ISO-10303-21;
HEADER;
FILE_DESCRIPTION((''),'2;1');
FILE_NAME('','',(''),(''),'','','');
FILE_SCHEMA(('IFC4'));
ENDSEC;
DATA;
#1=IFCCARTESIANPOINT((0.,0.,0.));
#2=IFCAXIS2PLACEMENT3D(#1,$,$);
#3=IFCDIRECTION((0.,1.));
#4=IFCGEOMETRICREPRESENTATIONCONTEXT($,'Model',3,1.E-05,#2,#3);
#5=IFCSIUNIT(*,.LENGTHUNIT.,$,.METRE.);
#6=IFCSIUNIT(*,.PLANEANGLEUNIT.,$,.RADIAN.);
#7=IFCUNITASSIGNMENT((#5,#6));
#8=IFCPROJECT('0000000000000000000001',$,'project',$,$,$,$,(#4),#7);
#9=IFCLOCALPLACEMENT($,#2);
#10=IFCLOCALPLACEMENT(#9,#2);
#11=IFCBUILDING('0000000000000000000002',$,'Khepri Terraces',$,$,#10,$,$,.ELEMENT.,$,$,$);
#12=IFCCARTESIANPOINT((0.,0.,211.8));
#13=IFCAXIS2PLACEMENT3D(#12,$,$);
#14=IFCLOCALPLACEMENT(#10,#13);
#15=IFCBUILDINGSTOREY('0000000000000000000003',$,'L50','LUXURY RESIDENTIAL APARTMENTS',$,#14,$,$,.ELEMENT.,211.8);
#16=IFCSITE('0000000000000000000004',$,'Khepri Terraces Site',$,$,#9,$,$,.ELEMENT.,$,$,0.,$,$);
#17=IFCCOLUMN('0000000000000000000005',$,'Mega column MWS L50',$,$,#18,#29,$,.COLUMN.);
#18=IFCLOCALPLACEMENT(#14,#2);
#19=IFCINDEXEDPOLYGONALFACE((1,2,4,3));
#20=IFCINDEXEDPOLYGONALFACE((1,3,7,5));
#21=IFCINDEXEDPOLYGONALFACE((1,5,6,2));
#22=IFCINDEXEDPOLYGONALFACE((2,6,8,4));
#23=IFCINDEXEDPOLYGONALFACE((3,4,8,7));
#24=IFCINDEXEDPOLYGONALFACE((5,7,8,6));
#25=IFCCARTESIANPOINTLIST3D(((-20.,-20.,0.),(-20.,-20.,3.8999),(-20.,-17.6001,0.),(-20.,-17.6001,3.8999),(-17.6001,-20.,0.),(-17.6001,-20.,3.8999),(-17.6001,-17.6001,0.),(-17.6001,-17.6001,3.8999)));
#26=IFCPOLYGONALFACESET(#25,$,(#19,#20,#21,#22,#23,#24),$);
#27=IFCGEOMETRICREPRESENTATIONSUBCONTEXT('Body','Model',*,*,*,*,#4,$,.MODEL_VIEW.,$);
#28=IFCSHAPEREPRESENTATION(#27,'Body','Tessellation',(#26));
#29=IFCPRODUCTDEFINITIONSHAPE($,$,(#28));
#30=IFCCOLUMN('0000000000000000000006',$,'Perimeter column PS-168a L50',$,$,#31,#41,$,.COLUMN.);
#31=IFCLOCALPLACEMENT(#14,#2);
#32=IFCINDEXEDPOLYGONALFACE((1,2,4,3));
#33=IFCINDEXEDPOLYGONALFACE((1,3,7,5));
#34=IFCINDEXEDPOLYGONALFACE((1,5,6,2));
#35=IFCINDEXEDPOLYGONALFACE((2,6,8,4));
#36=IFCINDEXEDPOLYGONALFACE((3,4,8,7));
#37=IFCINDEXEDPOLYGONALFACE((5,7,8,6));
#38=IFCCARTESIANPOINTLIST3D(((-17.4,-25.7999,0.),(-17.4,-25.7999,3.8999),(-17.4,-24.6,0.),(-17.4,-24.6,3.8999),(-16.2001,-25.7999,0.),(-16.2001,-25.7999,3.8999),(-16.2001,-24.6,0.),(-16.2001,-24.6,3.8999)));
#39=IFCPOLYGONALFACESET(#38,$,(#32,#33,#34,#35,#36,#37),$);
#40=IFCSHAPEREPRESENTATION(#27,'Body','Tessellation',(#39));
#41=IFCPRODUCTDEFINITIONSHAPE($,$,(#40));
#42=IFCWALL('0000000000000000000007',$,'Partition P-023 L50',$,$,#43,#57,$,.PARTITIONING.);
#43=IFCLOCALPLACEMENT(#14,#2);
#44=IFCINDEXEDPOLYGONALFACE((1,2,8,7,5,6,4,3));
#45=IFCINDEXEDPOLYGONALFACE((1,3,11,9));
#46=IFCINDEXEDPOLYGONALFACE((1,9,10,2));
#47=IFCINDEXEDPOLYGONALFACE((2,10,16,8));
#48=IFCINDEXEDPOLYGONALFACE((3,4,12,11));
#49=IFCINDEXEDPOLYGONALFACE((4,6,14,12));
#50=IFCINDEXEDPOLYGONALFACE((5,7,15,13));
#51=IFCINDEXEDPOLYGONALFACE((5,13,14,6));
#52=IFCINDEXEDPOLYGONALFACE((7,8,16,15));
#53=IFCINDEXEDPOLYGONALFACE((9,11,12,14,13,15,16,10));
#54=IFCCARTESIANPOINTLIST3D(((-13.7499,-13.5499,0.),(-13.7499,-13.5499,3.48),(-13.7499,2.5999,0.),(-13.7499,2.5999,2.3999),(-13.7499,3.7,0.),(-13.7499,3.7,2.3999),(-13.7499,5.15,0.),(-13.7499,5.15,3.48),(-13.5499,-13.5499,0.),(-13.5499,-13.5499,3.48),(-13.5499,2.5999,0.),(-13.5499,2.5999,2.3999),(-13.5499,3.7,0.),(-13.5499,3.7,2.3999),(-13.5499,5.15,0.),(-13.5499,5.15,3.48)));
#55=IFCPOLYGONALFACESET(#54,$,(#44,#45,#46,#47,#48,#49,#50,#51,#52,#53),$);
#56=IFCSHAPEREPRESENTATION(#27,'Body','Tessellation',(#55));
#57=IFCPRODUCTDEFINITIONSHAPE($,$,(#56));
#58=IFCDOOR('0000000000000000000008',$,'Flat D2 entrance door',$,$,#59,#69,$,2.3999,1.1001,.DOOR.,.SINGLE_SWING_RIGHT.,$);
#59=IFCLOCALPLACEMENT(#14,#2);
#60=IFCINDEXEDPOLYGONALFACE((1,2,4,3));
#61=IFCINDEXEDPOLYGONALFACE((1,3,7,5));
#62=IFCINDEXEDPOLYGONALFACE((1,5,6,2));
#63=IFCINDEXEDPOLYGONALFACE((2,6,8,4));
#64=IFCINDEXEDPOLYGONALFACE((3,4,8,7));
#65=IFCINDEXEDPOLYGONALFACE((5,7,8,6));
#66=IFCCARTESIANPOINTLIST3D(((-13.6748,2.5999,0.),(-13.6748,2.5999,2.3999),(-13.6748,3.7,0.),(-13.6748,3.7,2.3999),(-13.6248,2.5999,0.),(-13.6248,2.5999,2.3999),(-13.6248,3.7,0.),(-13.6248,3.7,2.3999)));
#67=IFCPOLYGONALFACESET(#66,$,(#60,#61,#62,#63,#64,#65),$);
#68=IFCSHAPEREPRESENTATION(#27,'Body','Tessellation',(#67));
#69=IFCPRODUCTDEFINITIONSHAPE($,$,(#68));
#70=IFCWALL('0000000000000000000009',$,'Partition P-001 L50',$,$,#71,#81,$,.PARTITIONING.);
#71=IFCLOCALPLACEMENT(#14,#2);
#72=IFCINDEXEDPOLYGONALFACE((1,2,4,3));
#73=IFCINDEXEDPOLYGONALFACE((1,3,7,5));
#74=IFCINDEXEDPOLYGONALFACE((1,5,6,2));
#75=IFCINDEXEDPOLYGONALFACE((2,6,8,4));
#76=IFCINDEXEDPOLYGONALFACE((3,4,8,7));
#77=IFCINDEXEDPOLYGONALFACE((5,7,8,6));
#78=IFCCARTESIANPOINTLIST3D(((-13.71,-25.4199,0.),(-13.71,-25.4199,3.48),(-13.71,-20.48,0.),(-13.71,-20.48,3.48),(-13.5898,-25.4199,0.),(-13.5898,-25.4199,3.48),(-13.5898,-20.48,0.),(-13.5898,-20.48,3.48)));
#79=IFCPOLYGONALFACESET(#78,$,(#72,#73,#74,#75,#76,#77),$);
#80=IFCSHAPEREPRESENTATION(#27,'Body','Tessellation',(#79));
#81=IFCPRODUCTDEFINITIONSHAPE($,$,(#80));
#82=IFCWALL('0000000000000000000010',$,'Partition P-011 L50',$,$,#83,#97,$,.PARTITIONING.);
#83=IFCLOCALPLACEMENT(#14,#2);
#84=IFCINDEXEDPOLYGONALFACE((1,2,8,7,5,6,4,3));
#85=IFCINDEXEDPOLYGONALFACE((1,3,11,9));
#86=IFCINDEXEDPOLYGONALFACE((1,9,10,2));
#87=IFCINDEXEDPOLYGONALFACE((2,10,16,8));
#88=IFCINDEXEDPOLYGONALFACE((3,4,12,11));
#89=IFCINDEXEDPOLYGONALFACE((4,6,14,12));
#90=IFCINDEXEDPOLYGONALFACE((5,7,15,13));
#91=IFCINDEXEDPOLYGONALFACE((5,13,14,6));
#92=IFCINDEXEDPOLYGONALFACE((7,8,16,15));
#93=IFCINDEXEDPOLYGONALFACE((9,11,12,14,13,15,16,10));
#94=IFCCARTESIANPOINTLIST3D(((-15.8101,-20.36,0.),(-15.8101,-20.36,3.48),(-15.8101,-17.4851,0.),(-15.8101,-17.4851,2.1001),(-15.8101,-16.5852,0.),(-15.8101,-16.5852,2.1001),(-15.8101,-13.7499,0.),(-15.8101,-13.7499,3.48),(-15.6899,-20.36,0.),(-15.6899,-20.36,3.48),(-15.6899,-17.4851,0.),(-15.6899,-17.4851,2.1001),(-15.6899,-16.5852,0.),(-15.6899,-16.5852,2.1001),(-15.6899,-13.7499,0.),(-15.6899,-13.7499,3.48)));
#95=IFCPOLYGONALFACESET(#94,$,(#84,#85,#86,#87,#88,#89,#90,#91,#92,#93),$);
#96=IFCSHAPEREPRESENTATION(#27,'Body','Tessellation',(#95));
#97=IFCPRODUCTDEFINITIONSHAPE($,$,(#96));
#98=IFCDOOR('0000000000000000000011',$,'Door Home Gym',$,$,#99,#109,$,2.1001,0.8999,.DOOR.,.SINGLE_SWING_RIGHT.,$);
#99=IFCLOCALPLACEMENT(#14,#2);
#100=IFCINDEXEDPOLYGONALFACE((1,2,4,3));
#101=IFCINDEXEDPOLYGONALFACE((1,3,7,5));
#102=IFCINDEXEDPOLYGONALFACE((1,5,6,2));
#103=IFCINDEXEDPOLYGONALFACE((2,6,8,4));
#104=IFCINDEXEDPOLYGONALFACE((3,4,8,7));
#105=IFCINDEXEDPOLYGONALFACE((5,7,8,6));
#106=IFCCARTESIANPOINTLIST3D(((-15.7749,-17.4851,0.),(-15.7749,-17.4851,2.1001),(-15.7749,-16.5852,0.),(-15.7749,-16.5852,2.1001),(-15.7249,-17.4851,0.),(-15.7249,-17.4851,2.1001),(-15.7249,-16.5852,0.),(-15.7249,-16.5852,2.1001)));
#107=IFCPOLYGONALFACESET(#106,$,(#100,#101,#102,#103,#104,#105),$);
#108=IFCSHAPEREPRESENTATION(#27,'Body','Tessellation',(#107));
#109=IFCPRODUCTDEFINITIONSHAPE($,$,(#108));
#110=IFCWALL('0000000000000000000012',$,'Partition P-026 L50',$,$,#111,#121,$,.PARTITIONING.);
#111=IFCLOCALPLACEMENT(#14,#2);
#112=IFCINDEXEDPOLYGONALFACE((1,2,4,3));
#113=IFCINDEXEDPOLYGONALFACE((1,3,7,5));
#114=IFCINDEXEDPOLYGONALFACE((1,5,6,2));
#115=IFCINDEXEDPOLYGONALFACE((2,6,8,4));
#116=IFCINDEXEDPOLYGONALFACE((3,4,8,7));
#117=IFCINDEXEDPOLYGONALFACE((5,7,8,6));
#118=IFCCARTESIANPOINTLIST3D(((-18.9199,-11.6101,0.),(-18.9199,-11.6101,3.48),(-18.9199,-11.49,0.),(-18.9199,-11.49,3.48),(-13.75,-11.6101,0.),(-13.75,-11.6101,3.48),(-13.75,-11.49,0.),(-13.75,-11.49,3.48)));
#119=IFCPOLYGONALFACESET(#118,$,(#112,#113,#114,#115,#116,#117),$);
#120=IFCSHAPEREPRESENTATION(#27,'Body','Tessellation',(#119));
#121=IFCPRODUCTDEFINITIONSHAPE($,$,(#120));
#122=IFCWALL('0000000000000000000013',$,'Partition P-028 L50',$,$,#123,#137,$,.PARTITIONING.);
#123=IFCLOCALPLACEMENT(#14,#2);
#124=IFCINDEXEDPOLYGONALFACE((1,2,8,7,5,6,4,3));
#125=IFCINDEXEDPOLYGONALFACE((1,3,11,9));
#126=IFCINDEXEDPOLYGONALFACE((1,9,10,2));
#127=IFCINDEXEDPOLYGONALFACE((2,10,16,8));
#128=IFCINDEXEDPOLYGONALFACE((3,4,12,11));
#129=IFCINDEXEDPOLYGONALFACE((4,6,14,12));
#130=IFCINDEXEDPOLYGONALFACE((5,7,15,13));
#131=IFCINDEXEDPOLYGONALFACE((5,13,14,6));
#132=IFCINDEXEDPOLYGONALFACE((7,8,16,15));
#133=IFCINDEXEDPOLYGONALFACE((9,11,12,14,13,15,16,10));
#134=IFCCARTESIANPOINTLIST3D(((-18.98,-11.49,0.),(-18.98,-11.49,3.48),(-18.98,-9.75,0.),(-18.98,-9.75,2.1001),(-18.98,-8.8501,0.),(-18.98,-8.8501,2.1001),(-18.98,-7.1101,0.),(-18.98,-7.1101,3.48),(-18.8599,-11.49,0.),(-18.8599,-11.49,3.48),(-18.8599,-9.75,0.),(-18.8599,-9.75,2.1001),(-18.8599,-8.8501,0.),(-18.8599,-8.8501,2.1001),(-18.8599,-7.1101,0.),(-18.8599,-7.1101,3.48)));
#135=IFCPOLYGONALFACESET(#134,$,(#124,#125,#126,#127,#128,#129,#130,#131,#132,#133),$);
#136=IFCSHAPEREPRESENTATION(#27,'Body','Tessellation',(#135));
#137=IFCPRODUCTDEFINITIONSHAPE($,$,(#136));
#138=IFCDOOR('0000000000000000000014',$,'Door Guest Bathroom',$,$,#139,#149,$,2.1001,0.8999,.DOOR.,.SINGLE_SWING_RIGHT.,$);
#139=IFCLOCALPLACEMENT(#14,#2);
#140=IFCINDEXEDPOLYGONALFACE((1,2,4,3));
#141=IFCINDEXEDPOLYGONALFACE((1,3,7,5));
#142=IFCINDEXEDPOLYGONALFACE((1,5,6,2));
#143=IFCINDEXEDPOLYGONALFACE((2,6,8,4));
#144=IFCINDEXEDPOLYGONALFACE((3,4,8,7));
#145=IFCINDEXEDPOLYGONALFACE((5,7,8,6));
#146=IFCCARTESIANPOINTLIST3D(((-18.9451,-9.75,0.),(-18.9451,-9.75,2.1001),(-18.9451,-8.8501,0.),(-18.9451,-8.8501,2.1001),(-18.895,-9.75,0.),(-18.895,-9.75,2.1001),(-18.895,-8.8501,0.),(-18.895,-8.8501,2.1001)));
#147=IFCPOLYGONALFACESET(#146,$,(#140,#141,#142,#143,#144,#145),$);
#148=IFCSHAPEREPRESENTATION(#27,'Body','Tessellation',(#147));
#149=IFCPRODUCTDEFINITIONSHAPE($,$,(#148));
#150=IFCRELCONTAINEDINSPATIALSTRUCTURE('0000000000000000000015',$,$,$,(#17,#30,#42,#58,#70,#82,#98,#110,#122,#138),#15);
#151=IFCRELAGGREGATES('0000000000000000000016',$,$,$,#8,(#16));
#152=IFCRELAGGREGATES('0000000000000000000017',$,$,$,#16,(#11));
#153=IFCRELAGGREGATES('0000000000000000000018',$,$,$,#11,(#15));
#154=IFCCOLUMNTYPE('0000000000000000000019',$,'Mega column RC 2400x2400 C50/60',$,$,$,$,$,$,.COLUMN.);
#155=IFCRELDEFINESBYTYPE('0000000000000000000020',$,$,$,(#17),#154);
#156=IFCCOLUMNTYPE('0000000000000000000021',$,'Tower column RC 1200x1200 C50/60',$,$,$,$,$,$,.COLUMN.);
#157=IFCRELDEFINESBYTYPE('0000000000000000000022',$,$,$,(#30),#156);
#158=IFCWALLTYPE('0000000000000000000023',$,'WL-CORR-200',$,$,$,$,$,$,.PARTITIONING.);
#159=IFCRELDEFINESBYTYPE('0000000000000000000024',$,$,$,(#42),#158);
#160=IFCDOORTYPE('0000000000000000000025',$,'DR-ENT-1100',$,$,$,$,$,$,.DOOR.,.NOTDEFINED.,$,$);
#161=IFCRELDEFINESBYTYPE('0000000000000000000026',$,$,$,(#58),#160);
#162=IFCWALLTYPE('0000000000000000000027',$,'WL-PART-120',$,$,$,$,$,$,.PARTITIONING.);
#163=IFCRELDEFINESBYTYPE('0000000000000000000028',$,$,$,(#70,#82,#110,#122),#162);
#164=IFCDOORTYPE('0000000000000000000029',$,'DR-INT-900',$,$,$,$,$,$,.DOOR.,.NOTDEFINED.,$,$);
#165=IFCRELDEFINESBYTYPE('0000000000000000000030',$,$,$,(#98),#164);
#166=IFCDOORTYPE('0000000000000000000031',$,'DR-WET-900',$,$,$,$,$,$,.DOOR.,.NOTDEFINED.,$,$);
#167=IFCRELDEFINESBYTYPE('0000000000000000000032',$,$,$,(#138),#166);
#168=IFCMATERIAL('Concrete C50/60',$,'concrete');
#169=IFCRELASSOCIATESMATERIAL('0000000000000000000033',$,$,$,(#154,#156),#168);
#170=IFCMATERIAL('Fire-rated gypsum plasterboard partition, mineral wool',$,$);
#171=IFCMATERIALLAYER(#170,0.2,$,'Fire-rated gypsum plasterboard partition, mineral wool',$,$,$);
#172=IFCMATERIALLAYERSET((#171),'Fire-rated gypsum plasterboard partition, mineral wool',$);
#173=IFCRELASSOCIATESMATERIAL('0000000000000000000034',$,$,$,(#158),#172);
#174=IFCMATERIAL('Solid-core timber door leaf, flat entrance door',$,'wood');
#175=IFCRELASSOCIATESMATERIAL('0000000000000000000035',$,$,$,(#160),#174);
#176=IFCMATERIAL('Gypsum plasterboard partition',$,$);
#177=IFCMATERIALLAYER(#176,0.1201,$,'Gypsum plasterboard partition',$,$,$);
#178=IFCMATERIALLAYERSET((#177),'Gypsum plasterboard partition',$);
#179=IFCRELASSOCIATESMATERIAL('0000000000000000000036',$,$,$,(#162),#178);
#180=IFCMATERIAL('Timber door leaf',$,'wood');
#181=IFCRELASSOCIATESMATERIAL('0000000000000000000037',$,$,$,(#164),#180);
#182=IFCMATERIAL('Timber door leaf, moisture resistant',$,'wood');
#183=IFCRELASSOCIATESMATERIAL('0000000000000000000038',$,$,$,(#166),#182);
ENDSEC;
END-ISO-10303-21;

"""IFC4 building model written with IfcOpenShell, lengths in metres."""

from ifc_helpers import new_model, si_unit, direction, frame, frame_2d, origin, origin_2d, place, context, subcontext, project, spatial, rectangle, extrude, material, layer, layer_set, material_profile, profile_set, type_object, element, fill, save


model = new_model("IFC4")

# Units and contexts
model_context = context("Model", 3, precision=1e-05, world=origin(), true_north=direction((0.0, 1.0)))
body_context = subcontext(model_context, "Body", "Model", "MODEL_VIEW")
ifc_project = project(units=[si_unit("LENGTHUNIT", "METRE"), si_unit("PLANEANGLEUNIT", "RADIAN")], contexts=[model_context])

# Site, building, storey
site_placement = place(None, origin())
site = spatial("IfcSite", under=ifc_project, at=site_placement, Name="Khepri Terraces Site", CompositionType="ELEMENT", RefElevation=0.0)
building_placement = place(site_placement, origin())
building = spatial("IfcBuilding", under=site, at=building_placement, Name="Khepri Terraces", CompositionType="ELEMENT")
storey_placement = place(building_placement, frame((0.0, 0.0, 211.8)))
storey = spatial("IfcBuildingStorey", under=building, at=storey_placement, Name="L50", Description="LUXURY RESIDENTIAL APARTMENTS", CompositionType="ELEMENT", Elevation=211.8)

# Columns
ifc_material_1 = material(Name="Concrete C50/60", Category="concrete")
ifc_material_profile_1 = material_profile(ifc_material_1, rectangle(XDim=2.3999, YDim=2.3999, at=origin_2d()), Name="Concrete C50/60", Category="concrete")
ifc_profile_set_1 = profile_set([ifc_material_profile_1], Name="Concrete C50/60")
column_type_1 = type_object("IfcColumnType", Name="Mega column RC 2400x2400 C50/60", PredefinedType="COLUMN", material=ifc_profile_set_1)
column_1_placement = place(storey_placement, frame((-18.8, -18.8, 0.0), z_axis=(0.0, 0.0, 1.0), x_axis=(1.0, 0.0, 0.0)))
element("IfcColumn", 1, at=column_1_placement, inside=storey, type_object=column_type_1, Name="Mega column MWS L50", PredefinedType="COLUMN", context=body_context, shape_type="SweptSolid", body=[
    extrude(rectangle(XDim=2.3999, YDim=2.3999, at=origin_2d()), origin(), (0.0, 0.0, 1.0), 3.8999),
])
ifc_material_profile_2 = material_profile(ifc_material_1, rectangle(XDim=1.2, YDim=1.2, at=origin_2d()), Name="Concrete C50/60", Category="concrete")
ifc_profile_set_2 = profile_set([ifc_material_profile_2], Name="Concrete C50/60")
column_type_2 = type_object("IfcColumnType", Name="Tower column RC 1200x1200 C50/60", PredefinedType="COLUMN", material=ifc_profile_set_2)
column_2_placement = place(storey_placement, frame((-16.8, -25.2, 0.0), z_axis=(0.0, 0.0, 1.0), x_axis=(1.0, 0.0, 0.0)))
element("IfcColumn", 2, at=column_2_placement, inside=storey, type_object=column_type_2, Name="Perimeter column PS-168a L50", PredefinedType="COLUMN", context=body_context, shape_type="SweptSolid", body=[
    extrude(rectangle(XDim=1.2, YDim=1.2, at=origin_2d()), origin(), (0.0, 0.0, 1.0), 3.8999),
])

# Wall, opening, door
ifc_material_2 = material(Name="Fire-rated gypsum plasterboard partition, mineral wool")
ifc_layer_1 = layer(ifc_material_2, 0.2, Name="Fire-rated gypsum plasterboard partition, mineral wool")
ifc_layer_set_1 = layer_set([ifc_layer_1], Name="Fire-rated gypsum plasterboard partition, mineral wool")
wall_type_1 = type_object("IfcWallType", Name="WL-CORR-200", PredefinedType="PARTITIONING", material=ifc_layer_set_1)
wall_1_placement = place(storey_placement, frame((-13.6499, -13.55, 0.0), z_axis=(0.0, 0.0, 1.0), x_axis=(0.0, 1.0, 0.0)))
wall_1 = element("IfcWall", 3, at=wall_1_placement, inside=storey, type_object=wall_type_1, Name="Partition P-023 L50", PredefinedType="PARTITIONING", context=body_context, shape_type="SweptSolid", body=[
    extrude(rectangle(XDim=18.7, YDim=0.2, at=frame_2d((9.3501, 0.0))), origin(), (0.0, 0.0, 1.0), 3.48),
])
opening_1_placement = place(wall_1_placement, frame((16.1499, 0.0, 0.0)))
opening_1 = element("IfcOpeningElement", 4, at=opening_1_placement, cuts=wall_1, PredefinedType="OPENING", context=body_context, shape_type="SweptSolid", body=[
    extrude(rectangle(XDim=1.1001, YDim=2.3999, at=frame_2d((0.55, 1.2))), frame((0.0, 0.1099, 0.0), z_axis=(0.0, -1.0, 0.0), x_axis=(1.0, 0.0, 0.0)), (0.0, 0.0, 1.0), 0.22),
])
ifc_material_3 = material(Name="Solid-core timber door leaf, flat entrance door", Category="wood")
door_type_1 = type_object("IfcDoorType", Name="DR-ENT-1100", OperationType="NOTDEFINED", PredefinedType="DOOR", material=ifc_material_3)
door_1_placement = place(opening_1_placement, origin())
door_1 = element("IfcDoor", 5, at=door_1_placement, inside=storey, type_object=door_type_1, Name="Flat D2 entrance door", OperationType="SINGLE_SWING_RIGHT", OverallHeight=2.3999, OverallWidth=1.1001, PredefinedType="DOOR", context=body_context, shape_type="SweptSolid", body=[
    extrude(rectangle(XDim=1.1001, YDim=2.3999, at=frame_2d((0.55, 1.2))), frame((0.0, 0.0249, 0.0), z_axis=(0.0, -1.0, 0.0), x_axis=(1.0, 0.0, 0.0)), (0.0, 0.0, 1.0), 0.05),
])
fill(opening_1, door_1)

# Wall
ifc_material_4 = material(Name="Gypsum plasterboard partition")
ifc_layer_2 = layer(ifc_material_4, 0.1201, Name="Gypsum plasterboard partition")
ifc_layer_set_2 = layer_set([ifc_layer_2], Name="Gypsum plasterboard partition")
wall_type_2 = type_object("IfcWallType", Name="WL-PART-120", PredefinedType="PARTITIONING", material=ifc_layer_set_2)
wall_2_placement = place(storey_placement, frame((-13.6499, -25.4199, 0.0), z_axis=(0.0, 0.0, 1.0), x_axis=(0.0, 1.0, 0.0)))
element("IfcWall", 6, at=wall_2_placement, inside=storey, type_object=wall_type_2, Name="Partition P-001 L50", PredefinedType="PARTITIONING", context=body_context, shape_type="SweptSolid", body=[
    extrude(rectangle(XDim=4.9399, YDim=0.1201, at=frame_2d((2.47, 0.0))), origin(), (0.0, 0.0, 1.0), 3.48),
])

# Wall, opening, door
wall_3_placement = place(storey_placement, frame((-15.75, -20.3601, 0.0), z_axis=(0.0, 0.0, 1.0), x_axis=(0.0, 1.0, 0.0)))
wall_3 = element("IfcWall", 7, at=wall_3_placement, inside=storey, type_object=wall_type_2, Name="Partition P-011 L50", PredefinedType="PARTITIONING", context=body_context, shape_type="SweptSolid", body=[
    extrude(rectangle(XDim=6.6101, YDim=0.1201, at=frame_2d((3.3052, 0.0))), origin(), (0.0, 0.0, 1.0), 3.48),
])
opening_2_placement = place(wall_3_placement, frame((2.875, 0.0, 0.0)))
opening_2 = element("IfcOpeningElement", 8, at=opening_2_placement, cuts=wall_3, PredefinedType="OPENING", context=body_context, shape_type="SweptSolid", body=[
    extrude(rectangle(XDim=0.8999, YDim=2.1001, at=frame_2d((0.45, 1.05))), frame((0.0, 0.0701, 0.0), z_axis=(0.0, -1.0, 0.0), x_axis=(1.0, 0.0, 0.0)), (0.0, 0.0, 1.0), 0.1401),
])
ifc_material_5 = material(Name="Timber door leaf", Category="wood")
door_type_2 = type_object("IfcDoorType", Name="DR-INT-900", OperationType="NOTDEFINED", PredefinedType="DOOR", material=ifc_material_5)
door_2_placement = place(opening_2_placement, origin())
door_2 = element("IfcDoor", 9, at=door_2_placement, inside=storey, type_object=door_type_2, Name="Door Home Gym", OperationType="SINGLE_SWING_RIGHT", OverallHeight=2.1001, OverallWidth=0.8999, PredefinedType="DOOR", context=body_context, shape_type="SweptSolid", body=[
    extrude(rectangle(XDim=0.8999, YDim=2.1001, at=frame_2d((0.45, 1.05))), frame((0.0, 0.0249, 0.0), z_axis=(0.0, -1.0, 0.0), x_axis=(1.0, 0.0, 0.0)), (0.0, 0.0, 1.0), 0.05),
])
fill(opening_2, door_2)

# Wall
wall_4_placement = place(storey_placement, frame((-18.9199, -11.55, 0.0), z_axis=(0.0, 0.0, 1.0), x_axis=(1.0, 0.0, 0.0)))
element("IfcWall", 10, at=wall_4_placement, inside=storey, type_object=wall_type_2, Name="Partition P-026 L50", PredefinedType="PARTITIONING", context=body_context, shape_type="SweptSolid", body=[
    extrude(rectangle(XDim=5.1699, YDim=0.1201, at=frame_2d((2.585, 0.0))), origin(), (0.0, 0.0, 1.0), 3.48),
])

# Wall, opening, door
wall_5_placement = place(storey_placement, frame((-18.9199, -11.49, 0.0), z_axis=(0.0, 0.0, 1.0), x_axis=(0.0, 1.0, 0.0)))
wall_5 = element("IfcWall", 11, at=wall_5_placement, inside=storey, type_object=wall_type_2, Name="Partition P-028 L50", PredefinedType="PARTITIONING", context=body_context, shape_type="SweptSolid", body=[
    extrude(rectangle(XDim=4.3799, YDim=0.1201, at=frame_2d((2.1899, 0.0))), origin(), (0.0, 0.0, 1.0), 3.48),
])
opening_3_placement = place(wall_5_placement, frame((1.74, 0.0, 0.0)))
opening_3 = element("IfcOpeningElement", 12, at=opening_3_placement, cuts=wall_5, PredefinedType="OPENING", context=body_context, shape_type="SweptSolid", body=[
    extrude(rectangle(XDim=0.8999, YDim=2.1001, at=frame_2d((0.45, 1.05))), frame((0.0, 0.0701, 0.0), z_axis=(0.0, -1.0, 0.0), x_axis=(1.0, 0.0, 0.0)), (0.0, 0.0, 1.0), 0.1401),
])
ifc_material_6 = material(Name="Timber door leaf, moisture resistant", Category="wood")
door_type_3 = type_object("IfcDoorType", Name="DR-WET-900", OperationType="NOTDEFINED", PredefinedType="DOOR", material=ifc_material_6)
door_3_placement = place(opening_3_placement, frame((0.8999, 0.0, 0.0), z_axis=(0.0, 0.0, 1.0), x_axis=(-1.0, 0.0, 0.0)))
door_3 = element("IfcDoor", 13, at=door_3_placement, inside=storey, type_object=door_type_3, Name="Door Guest Bathroom", OperationType="SINGLE_SWING_RIGHT", OverallHeight=2.1001, OverallWidth=0.8999, PredefinedType="DOOR", context=body_context, shape_type="SweptSolid", body=[
    extrude(rectangle(XDim=0.8999, YDim=2.1001, at=frame_2d((0.45, 1.05))), frame((0.0, 0.0249, 0.0), z_axis=(0.0, -1.0, 0.0), x_axis=(1.0, 0.0, 0.0)), (0.0, 0.0, 1.0), 0.05),
])
fill(opening_3, door_3)

save(model, "model.ifc")
